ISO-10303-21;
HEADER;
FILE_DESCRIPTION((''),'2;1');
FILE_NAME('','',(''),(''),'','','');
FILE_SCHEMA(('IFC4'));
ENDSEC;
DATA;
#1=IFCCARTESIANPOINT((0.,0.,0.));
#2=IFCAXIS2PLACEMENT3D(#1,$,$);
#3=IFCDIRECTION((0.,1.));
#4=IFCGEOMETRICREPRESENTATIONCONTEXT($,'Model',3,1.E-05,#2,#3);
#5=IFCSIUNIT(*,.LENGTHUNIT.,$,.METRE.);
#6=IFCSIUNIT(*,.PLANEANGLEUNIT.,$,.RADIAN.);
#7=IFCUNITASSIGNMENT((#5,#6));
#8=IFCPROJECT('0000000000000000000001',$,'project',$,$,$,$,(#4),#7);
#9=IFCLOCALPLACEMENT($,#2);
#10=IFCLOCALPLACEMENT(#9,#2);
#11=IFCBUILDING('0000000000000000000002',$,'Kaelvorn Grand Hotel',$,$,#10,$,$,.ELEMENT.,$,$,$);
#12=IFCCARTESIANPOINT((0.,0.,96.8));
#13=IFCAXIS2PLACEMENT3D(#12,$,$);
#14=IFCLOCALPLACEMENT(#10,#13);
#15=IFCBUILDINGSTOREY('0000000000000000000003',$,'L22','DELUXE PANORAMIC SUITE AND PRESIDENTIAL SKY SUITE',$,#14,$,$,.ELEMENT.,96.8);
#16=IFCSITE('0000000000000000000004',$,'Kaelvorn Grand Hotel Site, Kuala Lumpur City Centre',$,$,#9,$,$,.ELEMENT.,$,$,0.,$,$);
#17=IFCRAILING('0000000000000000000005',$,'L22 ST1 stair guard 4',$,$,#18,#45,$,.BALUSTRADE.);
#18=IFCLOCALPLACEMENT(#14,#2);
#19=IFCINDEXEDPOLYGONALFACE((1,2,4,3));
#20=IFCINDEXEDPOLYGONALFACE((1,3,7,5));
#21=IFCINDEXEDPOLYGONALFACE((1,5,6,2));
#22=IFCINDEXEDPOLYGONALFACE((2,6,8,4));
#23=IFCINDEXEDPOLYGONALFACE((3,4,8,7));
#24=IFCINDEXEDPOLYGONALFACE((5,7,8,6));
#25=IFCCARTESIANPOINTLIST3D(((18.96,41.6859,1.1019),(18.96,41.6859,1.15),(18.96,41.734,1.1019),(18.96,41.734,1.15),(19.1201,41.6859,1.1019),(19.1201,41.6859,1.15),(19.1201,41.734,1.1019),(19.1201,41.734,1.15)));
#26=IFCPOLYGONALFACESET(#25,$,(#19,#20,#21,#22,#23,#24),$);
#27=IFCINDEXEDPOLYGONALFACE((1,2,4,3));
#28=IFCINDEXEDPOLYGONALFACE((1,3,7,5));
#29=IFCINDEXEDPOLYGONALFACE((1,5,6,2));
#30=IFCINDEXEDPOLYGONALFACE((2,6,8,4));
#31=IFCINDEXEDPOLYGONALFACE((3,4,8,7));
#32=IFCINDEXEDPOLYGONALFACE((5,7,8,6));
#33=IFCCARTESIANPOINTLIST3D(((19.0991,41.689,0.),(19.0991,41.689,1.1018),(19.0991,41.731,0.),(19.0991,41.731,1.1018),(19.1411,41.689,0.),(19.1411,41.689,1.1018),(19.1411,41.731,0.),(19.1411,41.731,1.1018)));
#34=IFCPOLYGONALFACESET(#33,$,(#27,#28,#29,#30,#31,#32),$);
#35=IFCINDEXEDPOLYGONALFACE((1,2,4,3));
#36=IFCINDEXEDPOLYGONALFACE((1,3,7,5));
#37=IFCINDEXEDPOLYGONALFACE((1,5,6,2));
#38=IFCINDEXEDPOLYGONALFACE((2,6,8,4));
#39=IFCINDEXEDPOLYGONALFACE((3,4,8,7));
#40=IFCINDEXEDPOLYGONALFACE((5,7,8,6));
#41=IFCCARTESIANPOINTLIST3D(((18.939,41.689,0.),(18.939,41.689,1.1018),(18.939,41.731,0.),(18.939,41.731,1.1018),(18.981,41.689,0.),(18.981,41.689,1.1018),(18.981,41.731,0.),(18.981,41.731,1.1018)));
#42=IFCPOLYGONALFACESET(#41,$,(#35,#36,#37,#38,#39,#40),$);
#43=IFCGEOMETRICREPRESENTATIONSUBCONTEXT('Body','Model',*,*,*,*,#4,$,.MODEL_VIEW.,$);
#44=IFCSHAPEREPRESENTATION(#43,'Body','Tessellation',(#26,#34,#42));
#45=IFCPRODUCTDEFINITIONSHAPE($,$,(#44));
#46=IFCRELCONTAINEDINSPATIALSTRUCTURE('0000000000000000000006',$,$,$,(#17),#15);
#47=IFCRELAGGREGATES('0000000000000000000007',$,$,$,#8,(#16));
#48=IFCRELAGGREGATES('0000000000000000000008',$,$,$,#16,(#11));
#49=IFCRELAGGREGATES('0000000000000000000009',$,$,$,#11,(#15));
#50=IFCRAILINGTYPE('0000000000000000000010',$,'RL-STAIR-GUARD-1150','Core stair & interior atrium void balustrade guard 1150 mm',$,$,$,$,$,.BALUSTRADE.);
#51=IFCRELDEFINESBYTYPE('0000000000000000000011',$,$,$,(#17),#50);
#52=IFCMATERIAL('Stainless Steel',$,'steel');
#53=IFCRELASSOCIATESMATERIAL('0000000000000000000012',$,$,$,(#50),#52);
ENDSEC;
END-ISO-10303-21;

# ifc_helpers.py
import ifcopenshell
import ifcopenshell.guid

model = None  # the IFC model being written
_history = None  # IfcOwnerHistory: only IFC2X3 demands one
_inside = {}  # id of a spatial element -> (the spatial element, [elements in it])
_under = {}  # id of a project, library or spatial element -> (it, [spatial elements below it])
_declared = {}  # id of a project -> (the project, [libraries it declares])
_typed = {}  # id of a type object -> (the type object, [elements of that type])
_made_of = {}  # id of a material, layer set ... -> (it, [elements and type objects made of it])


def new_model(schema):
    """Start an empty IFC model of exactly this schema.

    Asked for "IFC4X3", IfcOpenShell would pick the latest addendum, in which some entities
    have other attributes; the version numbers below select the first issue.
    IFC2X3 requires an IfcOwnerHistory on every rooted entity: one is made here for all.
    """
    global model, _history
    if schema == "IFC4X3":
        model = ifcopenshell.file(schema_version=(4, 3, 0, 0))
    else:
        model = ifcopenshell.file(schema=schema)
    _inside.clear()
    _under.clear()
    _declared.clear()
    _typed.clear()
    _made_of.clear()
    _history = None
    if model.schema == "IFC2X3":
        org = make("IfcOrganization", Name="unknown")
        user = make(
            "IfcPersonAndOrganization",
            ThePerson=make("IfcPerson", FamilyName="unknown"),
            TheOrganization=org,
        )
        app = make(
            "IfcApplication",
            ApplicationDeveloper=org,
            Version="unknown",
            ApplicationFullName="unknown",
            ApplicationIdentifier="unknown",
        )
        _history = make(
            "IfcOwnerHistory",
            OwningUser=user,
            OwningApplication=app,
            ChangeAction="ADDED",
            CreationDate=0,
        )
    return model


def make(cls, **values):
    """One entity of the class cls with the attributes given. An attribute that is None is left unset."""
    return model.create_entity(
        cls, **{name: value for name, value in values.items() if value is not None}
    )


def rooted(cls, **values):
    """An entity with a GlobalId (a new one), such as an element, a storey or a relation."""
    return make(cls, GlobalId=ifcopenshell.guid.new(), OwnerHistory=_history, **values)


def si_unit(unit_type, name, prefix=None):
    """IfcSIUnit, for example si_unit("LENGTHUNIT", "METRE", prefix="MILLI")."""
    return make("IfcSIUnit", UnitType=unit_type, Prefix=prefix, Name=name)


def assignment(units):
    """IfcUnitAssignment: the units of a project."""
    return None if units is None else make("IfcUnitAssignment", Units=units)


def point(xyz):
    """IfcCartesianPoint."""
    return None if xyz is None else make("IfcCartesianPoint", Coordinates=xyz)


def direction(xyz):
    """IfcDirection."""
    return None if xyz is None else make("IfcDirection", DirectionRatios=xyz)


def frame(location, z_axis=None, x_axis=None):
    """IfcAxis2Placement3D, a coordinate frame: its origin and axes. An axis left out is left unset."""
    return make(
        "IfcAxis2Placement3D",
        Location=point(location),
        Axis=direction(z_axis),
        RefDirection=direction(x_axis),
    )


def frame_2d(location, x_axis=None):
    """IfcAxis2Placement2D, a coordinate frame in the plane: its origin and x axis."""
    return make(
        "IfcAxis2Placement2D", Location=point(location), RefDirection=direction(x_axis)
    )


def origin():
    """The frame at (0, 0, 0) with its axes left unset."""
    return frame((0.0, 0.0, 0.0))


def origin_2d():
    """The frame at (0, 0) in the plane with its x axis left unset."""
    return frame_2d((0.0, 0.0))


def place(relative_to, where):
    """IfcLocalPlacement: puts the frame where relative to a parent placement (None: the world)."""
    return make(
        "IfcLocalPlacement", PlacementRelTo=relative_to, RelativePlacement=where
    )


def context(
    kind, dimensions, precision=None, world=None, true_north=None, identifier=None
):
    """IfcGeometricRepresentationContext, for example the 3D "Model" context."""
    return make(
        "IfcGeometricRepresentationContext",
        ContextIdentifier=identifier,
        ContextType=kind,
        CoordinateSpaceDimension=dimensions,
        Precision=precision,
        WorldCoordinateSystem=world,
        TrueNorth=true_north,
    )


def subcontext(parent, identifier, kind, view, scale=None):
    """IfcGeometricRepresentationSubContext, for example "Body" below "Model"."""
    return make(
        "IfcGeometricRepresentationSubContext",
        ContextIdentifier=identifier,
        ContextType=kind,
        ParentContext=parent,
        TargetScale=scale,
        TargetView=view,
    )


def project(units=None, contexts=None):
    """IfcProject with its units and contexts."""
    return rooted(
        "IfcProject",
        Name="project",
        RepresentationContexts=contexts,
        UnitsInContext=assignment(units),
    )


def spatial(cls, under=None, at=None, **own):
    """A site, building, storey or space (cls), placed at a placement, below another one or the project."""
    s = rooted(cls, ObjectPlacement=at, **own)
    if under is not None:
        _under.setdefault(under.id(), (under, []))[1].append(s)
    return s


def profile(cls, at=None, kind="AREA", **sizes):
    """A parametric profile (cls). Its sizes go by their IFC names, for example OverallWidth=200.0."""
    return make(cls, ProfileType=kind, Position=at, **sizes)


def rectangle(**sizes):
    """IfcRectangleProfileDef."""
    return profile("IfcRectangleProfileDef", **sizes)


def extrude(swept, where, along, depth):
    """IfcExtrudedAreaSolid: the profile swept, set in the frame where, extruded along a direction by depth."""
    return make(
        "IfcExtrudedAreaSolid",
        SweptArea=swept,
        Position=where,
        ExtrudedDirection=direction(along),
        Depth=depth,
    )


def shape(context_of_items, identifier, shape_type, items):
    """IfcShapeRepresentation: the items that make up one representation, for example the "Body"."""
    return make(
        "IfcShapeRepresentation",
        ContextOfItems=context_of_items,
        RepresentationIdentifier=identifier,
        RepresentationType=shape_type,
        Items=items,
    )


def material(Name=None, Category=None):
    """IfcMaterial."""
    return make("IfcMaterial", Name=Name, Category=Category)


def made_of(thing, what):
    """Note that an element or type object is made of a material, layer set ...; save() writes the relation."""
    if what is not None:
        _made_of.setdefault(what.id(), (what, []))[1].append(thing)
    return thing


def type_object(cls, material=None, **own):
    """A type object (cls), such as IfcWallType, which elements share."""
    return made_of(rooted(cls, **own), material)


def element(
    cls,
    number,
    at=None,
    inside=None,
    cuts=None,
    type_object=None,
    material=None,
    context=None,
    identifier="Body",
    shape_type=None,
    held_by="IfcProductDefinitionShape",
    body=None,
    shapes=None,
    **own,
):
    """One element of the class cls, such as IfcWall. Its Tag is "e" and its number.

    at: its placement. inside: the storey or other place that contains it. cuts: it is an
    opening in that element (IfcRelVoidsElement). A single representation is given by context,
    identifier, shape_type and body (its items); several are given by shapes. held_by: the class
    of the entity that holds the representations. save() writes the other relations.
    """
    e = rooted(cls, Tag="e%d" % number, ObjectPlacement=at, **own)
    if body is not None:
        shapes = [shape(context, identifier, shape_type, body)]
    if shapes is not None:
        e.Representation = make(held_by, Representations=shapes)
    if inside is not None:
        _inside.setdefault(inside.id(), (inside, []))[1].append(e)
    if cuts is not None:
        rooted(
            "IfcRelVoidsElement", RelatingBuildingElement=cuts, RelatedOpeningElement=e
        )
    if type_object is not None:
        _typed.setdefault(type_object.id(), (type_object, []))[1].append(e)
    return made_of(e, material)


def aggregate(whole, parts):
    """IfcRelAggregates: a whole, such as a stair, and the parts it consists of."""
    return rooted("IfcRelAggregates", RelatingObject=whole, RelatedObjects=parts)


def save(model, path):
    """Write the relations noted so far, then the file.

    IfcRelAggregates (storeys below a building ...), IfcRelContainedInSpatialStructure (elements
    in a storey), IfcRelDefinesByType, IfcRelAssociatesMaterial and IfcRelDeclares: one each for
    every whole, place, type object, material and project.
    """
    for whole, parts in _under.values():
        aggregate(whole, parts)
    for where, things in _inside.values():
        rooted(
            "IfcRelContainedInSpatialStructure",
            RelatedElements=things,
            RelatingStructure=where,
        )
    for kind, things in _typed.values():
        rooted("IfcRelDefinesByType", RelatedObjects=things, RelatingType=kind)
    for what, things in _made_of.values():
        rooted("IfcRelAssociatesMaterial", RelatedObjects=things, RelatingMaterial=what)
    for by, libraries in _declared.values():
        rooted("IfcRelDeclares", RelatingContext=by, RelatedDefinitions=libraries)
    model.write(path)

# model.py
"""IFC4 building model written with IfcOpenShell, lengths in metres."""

from ifc_helpers import new_model, si_unit, direction, frame, origin, origin_2d, place, context, subcontext, project, spatial, rectangle, extrude, material, type_object, element, save


model = new_model("IFC4")

# Units and contexts
model_context = context("Model", 3, precision=1e-05, world=origin(), true_north=direction((0.0, 1.0)))
body_context = subcontext(model_context, "Body", "Model", "MODEL_VIEW")
ifc_project = project(units=[si_unit("LENGTHUNIT", "METRE"), si_unit("PLANEANGLEUNIT", "RADIAN")], contexts=[model_context])

# Site, building, storey
site_placement = place(None, origin())
site = spatial("IfcSite", under=ifc_project, at=site_placement, Name="Kaelvorn Grand Hotel Site, Kuala Lumpur City Centre", CompositionType="ELEMENT", RefElevation=0.0)
building_placement = place(site_placement, origin())
building = spatial("IfcBuilding", under=site, at=building_placement, Name="Kaelvorn Grand Hotel", CompositionType="ELEMENT")
storey_placement = place(building_placement, frame((0.0, 0.0, 96.8)))
storey = spatial("IfcBuildingStorey", under=building, at=storey_placement, Name="L22", Description="DELUXE PANORAMIC SUITE AND PRESIDENTIAL SKY SUITE", CompositionType="ELEMENT", Elevation=96.8)

# Shared definitions
ifc_material_1 = material(Name="Stainless Steel", Category="steel")

# Railing
railing_type_1 = type_object("IfcRailingType", Name="RL-STAIR-GUARD-1150", Description="Core stair & interior atrium void balustrade guard 1150 mm", PredefinedType="BALUSTRADE", material=ifc_material_1)
railing_1_placement = place(storey_placement, frame((19.1201, 41.71, 0.0)))
element("IfcRailing", 1, at=railing_1_placement, inside=storey, type_object=railing_type_1, Name="L22 ST1 stair guard 4", PredefinedType="BALUSTRADE", context=body_context, shape_type="SweptSolid", body=[
    extrude(rectangle(XDim=0.0481, YDim=0.0481, at=origin_2d()), frame((0.0, 0.0, 1.126), z_axis=(-1.0, 0.0, 0.0), x_axis=(0.0, -1.0, 0.0)), (0.0, 0.0, 1.0), 0.1602),
    extrude(rectangle(XDim=0.042, YDim=0.042, at=origin_2d()), origin(), (0.0, 0.0, 1.0), 1.1018),
    extrude(rectangle(XDim=0.042, YDim=0.042, at=origin_2d()), frame((-0.1602, 0.0, 0.0)), (0.0, 0.0, 1.0), 1.1018),
])

save(model, "model.ifc")
